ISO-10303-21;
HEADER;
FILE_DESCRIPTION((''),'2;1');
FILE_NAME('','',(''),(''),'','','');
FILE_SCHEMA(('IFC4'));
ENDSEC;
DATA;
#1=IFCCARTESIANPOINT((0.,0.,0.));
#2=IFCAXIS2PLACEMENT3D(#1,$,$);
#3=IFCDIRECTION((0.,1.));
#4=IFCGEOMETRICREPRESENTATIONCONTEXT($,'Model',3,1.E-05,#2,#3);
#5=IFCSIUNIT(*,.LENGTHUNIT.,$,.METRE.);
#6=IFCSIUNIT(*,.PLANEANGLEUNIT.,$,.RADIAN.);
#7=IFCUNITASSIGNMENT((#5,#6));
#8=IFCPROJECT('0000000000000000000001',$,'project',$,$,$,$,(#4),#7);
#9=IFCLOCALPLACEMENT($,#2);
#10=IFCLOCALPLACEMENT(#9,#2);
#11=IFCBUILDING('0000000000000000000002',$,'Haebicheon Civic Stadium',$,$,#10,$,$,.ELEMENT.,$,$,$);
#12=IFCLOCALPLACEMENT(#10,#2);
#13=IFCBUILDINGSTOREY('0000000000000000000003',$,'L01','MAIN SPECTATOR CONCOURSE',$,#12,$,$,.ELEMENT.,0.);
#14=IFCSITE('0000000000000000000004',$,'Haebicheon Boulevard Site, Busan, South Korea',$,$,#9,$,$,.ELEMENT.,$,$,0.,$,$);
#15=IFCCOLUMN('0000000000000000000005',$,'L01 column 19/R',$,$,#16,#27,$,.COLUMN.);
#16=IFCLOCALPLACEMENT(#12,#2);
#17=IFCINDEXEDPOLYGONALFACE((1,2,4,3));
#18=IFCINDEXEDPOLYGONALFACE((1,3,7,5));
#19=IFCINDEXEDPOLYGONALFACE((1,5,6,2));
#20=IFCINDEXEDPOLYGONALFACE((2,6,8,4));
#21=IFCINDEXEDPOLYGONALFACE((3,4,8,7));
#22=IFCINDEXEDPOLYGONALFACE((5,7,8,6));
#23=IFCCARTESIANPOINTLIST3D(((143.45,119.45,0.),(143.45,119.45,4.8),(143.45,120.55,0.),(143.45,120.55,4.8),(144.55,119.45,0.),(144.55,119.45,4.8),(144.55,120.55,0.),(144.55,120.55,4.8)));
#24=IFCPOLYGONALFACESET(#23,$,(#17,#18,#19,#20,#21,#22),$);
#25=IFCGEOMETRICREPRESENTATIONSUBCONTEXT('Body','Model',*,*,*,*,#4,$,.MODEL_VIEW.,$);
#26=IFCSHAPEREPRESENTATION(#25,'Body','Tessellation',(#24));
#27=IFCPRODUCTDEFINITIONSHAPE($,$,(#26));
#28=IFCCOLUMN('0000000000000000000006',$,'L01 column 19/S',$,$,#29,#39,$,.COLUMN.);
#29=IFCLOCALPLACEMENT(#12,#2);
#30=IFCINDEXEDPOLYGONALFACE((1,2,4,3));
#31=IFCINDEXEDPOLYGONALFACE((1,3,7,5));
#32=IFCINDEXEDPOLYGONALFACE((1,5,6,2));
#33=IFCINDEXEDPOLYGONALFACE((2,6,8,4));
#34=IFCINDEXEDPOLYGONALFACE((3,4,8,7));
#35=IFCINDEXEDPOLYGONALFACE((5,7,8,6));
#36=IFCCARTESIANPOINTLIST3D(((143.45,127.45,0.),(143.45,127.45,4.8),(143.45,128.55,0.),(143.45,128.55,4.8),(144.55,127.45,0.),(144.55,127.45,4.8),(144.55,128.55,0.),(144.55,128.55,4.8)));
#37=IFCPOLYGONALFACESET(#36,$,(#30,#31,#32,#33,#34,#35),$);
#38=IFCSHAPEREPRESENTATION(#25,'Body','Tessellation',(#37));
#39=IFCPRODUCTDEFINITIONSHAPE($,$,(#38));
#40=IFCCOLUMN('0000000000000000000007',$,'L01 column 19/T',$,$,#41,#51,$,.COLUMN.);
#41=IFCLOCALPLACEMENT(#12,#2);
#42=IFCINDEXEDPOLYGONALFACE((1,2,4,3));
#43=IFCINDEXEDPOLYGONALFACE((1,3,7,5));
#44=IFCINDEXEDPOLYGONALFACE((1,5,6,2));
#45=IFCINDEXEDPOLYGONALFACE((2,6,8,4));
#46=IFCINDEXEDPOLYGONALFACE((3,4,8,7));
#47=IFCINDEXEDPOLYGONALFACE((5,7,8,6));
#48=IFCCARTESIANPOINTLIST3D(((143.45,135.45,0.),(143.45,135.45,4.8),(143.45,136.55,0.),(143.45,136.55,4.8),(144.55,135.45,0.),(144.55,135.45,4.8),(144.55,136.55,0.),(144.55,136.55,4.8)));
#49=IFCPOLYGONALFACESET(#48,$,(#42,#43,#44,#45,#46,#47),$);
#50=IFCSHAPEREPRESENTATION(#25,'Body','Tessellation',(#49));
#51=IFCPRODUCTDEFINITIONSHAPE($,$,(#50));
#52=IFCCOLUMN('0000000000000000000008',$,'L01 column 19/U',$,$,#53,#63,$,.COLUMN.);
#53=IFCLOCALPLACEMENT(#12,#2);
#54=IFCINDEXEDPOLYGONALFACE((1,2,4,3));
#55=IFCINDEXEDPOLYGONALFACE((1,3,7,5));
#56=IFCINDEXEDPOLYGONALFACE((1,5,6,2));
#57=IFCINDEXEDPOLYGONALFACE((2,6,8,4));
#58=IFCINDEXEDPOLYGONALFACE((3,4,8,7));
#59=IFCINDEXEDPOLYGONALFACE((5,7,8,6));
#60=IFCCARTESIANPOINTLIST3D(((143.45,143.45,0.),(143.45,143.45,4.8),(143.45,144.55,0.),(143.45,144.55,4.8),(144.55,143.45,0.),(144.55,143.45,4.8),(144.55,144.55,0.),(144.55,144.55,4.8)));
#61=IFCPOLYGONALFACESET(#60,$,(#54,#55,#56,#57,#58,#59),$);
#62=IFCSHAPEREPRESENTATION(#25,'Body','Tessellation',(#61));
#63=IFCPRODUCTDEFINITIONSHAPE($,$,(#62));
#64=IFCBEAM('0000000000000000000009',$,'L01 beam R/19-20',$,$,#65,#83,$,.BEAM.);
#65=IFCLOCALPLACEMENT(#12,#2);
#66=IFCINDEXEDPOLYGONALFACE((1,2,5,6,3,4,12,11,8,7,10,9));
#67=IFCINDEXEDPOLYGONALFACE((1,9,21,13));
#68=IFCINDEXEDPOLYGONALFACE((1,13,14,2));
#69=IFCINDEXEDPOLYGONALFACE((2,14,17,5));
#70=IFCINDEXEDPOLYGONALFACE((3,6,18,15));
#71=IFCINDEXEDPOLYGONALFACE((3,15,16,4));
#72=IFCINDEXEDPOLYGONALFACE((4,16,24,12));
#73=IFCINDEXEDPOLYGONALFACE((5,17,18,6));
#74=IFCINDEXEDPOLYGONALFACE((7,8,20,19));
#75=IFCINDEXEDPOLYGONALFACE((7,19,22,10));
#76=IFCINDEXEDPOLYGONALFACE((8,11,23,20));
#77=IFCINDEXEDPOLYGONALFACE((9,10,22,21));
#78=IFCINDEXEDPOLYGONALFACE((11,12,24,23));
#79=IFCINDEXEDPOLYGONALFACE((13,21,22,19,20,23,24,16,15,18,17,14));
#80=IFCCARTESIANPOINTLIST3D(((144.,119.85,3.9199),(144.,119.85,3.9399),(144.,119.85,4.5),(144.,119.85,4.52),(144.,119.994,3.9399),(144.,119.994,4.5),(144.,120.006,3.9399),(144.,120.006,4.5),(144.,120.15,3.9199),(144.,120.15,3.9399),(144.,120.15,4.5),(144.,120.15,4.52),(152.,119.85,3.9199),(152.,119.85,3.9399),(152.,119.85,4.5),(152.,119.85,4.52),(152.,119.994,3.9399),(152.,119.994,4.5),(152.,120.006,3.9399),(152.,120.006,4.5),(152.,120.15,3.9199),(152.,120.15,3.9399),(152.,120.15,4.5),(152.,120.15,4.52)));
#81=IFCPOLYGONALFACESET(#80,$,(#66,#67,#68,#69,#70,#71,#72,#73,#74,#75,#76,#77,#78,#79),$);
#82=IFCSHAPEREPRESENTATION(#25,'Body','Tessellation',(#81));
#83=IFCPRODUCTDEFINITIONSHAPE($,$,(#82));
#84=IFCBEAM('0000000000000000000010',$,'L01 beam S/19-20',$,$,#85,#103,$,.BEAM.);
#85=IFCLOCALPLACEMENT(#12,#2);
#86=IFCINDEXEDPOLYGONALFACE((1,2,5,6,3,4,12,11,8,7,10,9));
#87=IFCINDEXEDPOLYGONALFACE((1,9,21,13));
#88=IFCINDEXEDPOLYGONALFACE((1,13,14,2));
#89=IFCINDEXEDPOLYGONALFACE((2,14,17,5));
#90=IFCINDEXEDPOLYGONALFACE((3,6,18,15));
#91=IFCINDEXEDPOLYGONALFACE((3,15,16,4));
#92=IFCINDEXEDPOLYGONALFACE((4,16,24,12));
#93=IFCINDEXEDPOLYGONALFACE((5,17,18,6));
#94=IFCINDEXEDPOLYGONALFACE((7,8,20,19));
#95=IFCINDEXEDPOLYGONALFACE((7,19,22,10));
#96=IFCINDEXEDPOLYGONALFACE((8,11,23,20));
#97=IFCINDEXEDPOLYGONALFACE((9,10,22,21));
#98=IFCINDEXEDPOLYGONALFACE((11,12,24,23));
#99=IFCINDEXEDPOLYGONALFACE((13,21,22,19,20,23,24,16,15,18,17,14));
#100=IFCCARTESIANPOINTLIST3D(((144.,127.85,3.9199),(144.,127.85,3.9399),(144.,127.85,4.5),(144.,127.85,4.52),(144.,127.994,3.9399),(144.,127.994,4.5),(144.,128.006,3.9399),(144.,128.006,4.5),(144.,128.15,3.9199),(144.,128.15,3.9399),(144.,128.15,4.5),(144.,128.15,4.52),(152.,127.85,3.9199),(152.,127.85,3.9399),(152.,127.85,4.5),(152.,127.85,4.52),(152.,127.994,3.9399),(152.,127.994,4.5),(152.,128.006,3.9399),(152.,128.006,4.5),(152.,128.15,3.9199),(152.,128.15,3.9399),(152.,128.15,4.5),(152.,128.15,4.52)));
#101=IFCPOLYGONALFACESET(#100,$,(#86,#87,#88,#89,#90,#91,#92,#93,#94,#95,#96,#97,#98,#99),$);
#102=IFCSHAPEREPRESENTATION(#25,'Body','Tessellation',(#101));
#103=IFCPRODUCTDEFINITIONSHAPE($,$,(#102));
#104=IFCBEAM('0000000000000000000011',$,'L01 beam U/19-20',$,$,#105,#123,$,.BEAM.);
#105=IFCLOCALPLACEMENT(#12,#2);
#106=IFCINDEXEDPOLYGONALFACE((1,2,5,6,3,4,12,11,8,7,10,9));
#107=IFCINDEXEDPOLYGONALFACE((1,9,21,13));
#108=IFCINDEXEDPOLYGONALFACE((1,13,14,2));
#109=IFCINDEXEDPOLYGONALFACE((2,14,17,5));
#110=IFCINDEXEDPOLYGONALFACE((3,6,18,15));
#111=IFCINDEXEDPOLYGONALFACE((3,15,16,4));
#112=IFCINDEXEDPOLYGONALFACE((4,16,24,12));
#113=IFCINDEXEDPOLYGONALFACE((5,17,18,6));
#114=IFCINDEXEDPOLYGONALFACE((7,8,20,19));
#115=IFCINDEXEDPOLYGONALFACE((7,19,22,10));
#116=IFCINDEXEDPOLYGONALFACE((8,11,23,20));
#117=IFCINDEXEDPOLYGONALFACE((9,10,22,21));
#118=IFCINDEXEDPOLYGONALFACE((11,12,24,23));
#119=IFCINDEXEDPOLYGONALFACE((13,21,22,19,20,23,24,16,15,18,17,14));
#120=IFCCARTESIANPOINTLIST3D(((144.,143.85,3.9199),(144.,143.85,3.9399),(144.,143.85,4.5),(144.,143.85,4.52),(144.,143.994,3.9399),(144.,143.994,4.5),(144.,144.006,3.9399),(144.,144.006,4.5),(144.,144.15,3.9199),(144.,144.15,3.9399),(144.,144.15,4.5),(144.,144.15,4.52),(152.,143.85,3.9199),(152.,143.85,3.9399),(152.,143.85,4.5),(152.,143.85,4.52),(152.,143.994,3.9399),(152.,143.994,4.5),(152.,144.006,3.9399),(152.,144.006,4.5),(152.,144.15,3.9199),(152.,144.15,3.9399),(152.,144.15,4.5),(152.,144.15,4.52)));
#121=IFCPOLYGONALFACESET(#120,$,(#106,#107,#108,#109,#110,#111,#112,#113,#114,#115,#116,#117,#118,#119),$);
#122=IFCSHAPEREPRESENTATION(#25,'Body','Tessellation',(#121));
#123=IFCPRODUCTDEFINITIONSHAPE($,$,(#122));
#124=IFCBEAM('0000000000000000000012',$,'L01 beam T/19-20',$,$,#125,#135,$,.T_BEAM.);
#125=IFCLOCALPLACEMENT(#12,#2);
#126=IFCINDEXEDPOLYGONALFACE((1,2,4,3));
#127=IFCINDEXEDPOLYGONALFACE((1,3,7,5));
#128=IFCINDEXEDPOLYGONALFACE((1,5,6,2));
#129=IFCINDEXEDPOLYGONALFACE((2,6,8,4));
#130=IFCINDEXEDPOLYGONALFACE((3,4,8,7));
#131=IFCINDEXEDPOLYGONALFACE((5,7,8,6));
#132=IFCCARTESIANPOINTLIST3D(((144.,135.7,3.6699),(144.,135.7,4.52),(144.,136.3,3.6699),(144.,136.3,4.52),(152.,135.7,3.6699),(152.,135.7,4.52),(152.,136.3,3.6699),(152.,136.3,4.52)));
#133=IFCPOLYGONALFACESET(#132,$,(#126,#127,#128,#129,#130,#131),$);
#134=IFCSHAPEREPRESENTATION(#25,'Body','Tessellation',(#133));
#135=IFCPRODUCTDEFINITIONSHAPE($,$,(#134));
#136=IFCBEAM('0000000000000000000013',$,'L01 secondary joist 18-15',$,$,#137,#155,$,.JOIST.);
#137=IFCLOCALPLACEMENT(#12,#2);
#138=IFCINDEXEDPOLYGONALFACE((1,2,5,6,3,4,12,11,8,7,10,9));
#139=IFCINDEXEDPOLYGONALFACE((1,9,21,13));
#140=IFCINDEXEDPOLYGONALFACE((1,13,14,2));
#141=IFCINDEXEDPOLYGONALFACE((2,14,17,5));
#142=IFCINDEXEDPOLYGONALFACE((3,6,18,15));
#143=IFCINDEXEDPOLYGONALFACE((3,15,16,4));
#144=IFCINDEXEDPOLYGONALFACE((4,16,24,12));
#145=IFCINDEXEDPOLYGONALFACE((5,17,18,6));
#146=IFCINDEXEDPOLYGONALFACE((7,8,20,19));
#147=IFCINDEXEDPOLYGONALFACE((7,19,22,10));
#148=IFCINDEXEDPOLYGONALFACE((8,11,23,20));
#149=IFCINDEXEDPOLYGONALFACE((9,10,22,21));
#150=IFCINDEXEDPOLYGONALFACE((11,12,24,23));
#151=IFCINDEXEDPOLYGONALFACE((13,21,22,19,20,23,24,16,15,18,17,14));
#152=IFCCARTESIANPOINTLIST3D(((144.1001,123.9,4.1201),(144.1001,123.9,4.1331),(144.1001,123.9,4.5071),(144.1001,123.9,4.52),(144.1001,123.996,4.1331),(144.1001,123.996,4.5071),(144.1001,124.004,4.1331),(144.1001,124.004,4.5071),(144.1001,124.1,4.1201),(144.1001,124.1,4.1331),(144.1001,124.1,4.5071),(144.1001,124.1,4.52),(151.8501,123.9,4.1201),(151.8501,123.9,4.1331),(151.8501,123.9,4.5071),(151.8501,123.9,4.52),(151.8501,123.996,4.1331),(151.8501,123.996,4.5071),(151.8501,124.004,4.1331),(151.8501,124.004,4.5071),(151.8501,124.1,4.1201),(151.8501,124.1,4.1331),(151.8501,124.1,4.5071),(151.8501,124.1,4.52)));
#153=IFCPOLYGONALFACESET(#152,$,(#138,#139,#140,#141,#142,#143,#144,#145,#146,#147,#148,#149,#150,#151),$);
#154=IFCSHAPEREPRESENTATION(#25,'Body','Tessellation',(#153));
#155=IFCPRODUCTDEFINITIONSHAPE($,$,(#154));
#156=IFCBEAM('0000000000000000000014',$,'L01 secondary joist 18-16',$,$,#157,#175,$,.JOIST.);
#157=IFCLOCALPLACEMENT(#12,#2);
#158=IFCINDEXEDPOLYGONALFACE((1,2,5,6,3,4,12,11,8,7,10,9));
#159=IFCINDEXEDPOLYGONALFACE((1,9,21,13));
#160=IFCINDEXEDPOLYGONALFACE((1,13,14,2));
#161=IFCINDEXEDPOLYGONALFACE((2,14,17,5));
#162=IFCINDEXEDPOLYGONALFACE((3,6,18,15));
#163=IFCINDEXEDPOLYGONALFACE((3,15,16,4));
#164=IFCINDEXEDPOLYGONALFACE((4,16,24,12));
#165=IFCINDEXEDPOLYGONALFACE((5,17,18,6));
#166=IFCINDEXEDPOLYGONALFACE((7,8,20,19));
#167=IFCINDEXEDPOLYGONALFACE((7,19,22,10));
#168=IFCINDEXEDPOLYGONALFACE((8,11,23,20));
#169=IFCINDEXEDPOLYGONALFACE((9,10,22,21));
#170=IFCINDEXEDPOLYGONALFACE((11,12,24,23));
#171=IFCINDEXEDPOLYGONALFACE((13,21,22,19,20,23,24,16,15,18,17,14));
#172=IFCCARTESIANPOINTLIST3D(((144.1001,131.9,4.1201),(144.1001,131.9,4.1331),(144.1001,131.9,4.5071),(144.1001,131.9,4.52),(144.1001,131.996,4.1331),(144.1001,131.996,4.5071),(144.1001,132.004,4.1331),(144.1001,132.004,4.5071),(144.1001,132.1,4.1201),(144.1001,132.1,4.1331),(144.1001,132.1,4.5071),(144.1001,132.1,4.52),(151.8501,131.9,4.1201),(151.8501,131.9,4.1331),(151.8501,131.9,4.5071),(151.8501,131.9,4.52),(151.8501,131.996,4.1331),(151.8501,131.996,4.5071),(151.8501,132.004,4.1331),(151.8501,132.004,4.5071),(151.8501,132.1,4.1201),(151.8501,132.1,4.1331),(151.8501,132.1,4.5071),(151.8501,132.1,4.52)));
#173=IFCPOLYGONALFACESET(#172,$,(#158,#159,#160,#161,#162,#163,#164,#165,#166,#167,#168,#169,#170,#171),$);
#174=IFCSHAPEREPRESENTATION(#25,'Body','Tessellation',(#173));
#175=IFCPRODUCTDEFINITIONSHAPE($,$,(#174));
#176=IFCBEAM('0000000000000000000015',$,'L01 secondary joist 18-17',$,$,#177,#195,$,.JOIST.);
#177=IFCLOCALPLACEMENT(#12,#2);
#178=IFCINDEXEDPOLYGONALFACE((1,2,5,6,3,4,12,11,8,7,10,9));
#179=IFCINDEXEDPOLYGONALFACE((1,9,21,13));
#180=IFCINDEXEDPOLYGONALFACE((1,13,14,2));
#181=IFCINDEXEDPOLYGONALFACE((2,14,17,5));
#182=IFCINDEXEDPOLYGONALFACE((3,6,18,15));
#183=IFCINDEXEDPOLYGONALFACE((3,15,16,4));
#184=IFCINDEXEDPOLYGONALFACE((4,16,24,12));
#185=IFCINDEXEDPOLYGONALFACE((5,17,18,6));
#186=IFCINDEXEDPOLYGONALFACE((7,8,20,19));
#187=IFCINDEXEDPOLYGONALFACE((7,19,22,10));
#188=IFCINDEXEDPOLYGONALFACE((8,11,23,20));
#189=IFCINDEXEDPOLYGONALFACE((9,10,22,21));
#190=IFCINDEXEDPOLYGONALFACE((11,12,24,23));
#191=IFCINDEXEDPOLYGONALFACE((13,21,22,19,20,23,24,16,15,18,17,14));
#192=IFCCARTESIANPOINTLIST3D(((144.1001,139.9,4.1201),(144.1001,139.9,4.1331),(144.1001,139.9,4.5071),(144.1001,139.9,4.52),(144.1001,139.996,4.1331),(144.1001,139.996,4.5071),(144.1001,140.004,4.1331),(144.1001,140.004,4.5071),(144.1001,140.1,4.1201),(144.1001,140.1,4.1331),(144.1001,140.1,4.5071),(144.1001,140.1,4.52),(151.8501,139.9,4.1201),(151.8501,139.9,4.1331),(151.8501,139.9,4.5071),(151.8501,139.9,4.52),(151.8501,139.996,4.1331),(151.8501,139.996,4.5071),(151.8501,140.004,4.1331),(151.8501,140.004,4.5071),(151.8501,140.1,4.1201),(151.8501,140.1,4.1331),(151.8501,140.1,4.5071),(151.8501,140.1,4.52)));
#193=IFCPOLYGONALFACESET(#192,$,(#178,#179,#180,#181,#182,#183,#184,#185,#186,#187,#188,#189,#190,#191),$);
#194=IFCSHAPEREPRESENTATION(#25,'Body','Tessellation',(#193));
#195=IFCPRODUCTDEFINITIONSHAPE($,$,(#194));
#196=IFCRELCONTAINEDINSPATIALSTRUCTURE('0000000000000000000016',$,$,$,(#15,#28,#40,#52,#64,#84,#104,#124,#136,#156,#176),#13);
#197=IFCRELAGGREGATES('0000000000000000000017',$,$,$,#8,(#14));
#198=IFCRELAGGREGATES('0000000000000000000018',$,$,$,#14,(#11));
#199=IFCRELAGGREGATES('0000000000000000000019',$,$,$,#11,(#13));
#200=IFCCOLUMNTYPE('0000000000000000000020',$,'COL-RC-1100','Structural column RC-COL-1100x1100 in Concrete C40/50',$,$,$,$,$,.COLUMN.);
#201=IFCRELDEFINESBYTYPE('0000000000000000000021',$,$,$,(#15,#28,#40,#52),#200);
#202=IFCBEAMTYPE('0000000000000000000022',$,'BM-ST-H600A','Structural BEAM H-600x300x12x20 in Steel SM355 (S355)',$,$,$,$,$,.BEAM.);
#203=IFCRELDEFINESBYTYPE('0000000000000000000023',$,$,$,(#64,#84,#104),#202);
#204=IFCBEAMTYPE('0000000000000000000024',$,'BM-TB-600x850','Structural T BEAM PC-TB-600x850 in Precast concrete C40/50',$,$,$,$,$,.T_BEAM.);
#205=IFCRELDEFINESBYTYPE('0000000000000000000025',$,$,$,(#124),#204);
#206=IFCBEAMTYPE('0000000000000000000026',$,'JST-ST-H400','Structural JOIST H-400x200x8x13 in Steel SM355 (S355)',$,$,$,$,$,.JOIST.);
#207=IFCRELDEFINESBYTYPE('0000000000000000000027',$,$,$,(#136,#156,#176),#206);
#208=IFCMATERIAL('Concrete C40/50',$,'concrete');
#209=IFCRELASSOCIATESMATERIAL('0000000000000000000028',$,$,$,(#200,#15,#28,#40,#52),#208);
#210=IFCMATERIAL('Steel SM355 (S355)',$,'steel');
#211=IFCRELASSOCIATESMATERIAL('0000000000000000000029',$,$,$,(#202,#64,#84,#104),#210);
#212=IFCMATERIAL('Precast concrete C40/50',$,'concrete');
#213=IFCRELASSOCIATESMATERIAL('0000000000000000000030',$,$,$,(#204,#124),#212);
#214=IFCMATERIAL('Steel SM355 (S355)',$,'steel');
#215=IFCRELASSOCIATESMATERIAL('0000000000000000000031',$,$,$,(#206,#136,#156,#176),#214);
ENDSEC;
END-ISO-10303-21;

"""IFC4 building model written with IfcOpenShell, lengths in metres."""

from ifc_helpers import new_model, si_unit, direction, frame, origin, origin_2d, place, context, subcontext, project, spatial, rectangle, i_section, extrude, material, material_profile, profile_set, type_object, element, save


model = new_model("IFC4")

# Units and contexts
model_context = context("Model", 3, precision=1e-05, world=origin(), true_north=direction((0.0, 1.0)))
body_context = subcontext(model_context, "Body", "Model", "MODEL_VIEW")
ifc_project = project(units=[si_unit("LENGTHUNIT", "METRE"), si_unit("PLANEANGLEUNIT", "RADIAN")], contexts=[model_context])

# Site, building, storey
site_placement = place(None, origin())
site = spatial("IfcSite", under=ifc_project, at=site_placement, Name="Haebicheon Boulevard Site, Busan, South Korea", CompositionType="ELEMENT", RefElevation=0.0)
building_placement = place(site_placement, origin())
building = spatial("IfcBuilding", under=site, at=building_placement, Name="Haebicheon Civic Stadium", CompositionType="ELEMENT")
storey_placement = place(building_placement, origin())
storey = spatial("IfcBuildingStorey", under=building, at=storey_placement, Name="L01", Description="MAIN SPECTATOR CONCOURSE", CompositionType="ELEMENT", Elevation=0.0)

# Columns
ifc_material_1 = material(Name="Concrete C40/50", Category="concrete")
ifc_material_profile_1 = material_profile(ifc_material_1, rectangle(XDim=1.1001, YDim=1.1001, at=origin_2d()), Name="RC-COL-1100x1100")
ifc_profile_set_1 = profile_set([ifc_material_profile_1], Name="Concrete C40/50")
column_type = type_object("IfcColumnType", Name="COL-RC-1100", Description="Structural column RC-COL-1100x1100 in Concrete C40/50", PredefinedType="COLUMN", material=ifc_profile_set_1)
for number, where, z_axis, x_axis, name in (
    (1, (144.0, 120.0, 0.0), (0.0, 0.0, 1.0), (1.0, 0.0, 0.0), "L01 column 19/R"),
    (2, (144.0, 128.0, 0.0), (0.0, 0.0, 1.0), (1.0, 0.0, 0.0), "L01 column 19/S"),
    (3, (144.0, 136.0, 0.0), (0.0, 0.0, 1.0), (1.0, 0.0, 0.0), "L01 column 19/T"),
    (4, (144.0, 144.0, 0.0), (0.0, 0.0, 1.0), (1.0, 0.0, 0.0), "L01 column 19/U"),
):
    element("IfcColumn", number, at=place(storey_placement, frame(where, z_axis=z_axis, x_axis=x_axis)), inside=storey, type_object=column_type, material=ifc_profile_set_1, Name=name, PredefinedType="COLUMN", context=body_context, shape_type="SweptSolid", body=[
        extrude(rectangle(XDim=1.1001, YDim=1.1001, at=origin_2d()), origin(), (0.0, 0.0, 1.0), 4.8),
    ])

# Beams
ifc_material_2 = material(Name="Steel SM355 (S355)", Category="steel")
ifc_material_profile_2 = material_profile(ifc_material_2, i_section(OverallWidth=0.3, OverallDepth=0.6001, WebThickness=0.012, FlangeThickness=0.02, at=origin_2d()), Name="H-600x300x12x20")
ifc_profile_set_2 = profile_set([ifc_material_profile_2], Name="Steel SM355 (S355)")
beam_type_1 = type_object("IfcBeamType", Name="BM-ST-H600A", Description="Structural BEAM H-600x300x12x20 in Steel SM355 (S355)", PredefinedType="BEAM", material=ifc_profile_set_2)
for number, where, z_axis, x_axis, name in (
    (5, (144.0, 120.0, 4.22), (1.0, 0.0, 0.0), (0.0, 1.0, 0.0), "L01 beam R/19-20"),
    (6, (144.0, 128.0, 4.22), (1.0, 0.0, 0.0), (0.0, 1.0, 0.0), "L01 beam S/19-20"),
    (7, (144.0, 144.0, 4.22), (1.0, 0.0, 0.0), (0.0, 1.0, 0.0), "L01 beam U/19-20"),
):
    element("IfcBeam", number, at=place(storey_placement, frame(where, z_axis=z_axis, x_axis=x_axis)), inside=storey, type_object=beam_type_1, material=ifc_profile_set_2, Name=name, PredefinedType="BEAM", context=body_context, shape_type="SweptSolid", body=[
        extrude(i_section(OverallWidth=0.3, OverallDepth=0.6001, WebThickness=0.012, FlangeThickness=0.02, at=origin_2d()), origin(), (0.0, 0.0, 1.0), 8.0),
    ])
ifc_material_3 = material(Name="Precast concrete C40/50", Category="concrete")
ifc_material_profile_3 = material_profile(ifc_material_3, rectangle(XDim=0.6001, YDim=0.8501, at=origin_2d()), Name="PC-TB-600x850")
ifc_profile_set_3 = profile_set([ifc_material_profile_3], Name="Precast concrete C40/50")
beam_type_2 = type_object("IfcBeamType", Name="BM-TB-600x850", Description="Structural T BEAM PC-TB-600x850 in Precast concrete C40/50", PredefinedType="T_BEAM", material=ifc_profile_set_3)
beam_placement = place(storey_placement, frame((144.0, 136.0, 4.095), z_axis=(1.0, 0.0, 0.0), x_axis=(0.0, 1.0, 0.0)))
element("IfcBeam", 8, at=beam_placement, inside=storey, type_object=beam_type_2, material=ifc_profile_set_3, Name="L01 beam T/19-20", PredefinedType="T_BEAM", context=body_context, shape_type="SweptSolid", body=[
    extrude(rectangle(XDim=0.6001, YDim=0.8501, at=origin_2d()), origin(), (0.0, 0.0, 1.0), 8.0),
])
ifc_material_4 = material(Name="Steel SM355 (S355)", Category="steel")
ifc_material_profile_4 = material_profile(ifc_material_4, i_section(OverallWidth=0.2, OverallDepth=0.3999, WebThickness=0.0081, FlangeThickness=0.0129, at=origin_2d()), Name="H-400x200x8x13")
ifc_profile_set_4 = profile_set([ifc_material_profile_4], Name="Steel SM355 (S355)")
beam_type_3 = type_object("IfcBeamType", Name="JST-ST-H400", Description="Structural JOIST H-400x200x8x13 in Steel SM355 (S355)", PredefinedType="JOIST", material=ifc_profile_set_4)
for number, where, z_axis, x_axis, name in (
    (9, (144.1001, 124.0, 4.3201), (1.0, 0.0, 0.0), (0.0, 1.0, 0.0), "L01 secondary joist 18-15"),
    (10, (144.1001, 132.0, 4.3201), (1.0, 0.0, 0.0), (0.0, 1.0, 0.0), "L01 secondary joist 18-16"),
    (11, (144.1001, 140.0, 4.3201), (1.0, 0.0, 0.0), (0.0, 1.0, 0.0), "L01 secondary joist 18-17"),
):
    element("IfcBeam", number, at=place(storey_placement, frame(where, z_axis=z_axis, x_axis=x_axis)), inside=storey, type_object=beam_type_3, material=ifc_profile_set_4, Name=name, PredefinedType="JOIST", context=body_context, shape_type="SweptSolid", body=[
        extrude(i_section(OverallWidth=0.2, OverallDepth=0.3999, WebThickness=0.0081, FlangeThickness=0.0129, at=origin_2d()), origin(), (0.0, 0.0, 1.0), 7.75),
    ])

save(model, "model.ifc")
